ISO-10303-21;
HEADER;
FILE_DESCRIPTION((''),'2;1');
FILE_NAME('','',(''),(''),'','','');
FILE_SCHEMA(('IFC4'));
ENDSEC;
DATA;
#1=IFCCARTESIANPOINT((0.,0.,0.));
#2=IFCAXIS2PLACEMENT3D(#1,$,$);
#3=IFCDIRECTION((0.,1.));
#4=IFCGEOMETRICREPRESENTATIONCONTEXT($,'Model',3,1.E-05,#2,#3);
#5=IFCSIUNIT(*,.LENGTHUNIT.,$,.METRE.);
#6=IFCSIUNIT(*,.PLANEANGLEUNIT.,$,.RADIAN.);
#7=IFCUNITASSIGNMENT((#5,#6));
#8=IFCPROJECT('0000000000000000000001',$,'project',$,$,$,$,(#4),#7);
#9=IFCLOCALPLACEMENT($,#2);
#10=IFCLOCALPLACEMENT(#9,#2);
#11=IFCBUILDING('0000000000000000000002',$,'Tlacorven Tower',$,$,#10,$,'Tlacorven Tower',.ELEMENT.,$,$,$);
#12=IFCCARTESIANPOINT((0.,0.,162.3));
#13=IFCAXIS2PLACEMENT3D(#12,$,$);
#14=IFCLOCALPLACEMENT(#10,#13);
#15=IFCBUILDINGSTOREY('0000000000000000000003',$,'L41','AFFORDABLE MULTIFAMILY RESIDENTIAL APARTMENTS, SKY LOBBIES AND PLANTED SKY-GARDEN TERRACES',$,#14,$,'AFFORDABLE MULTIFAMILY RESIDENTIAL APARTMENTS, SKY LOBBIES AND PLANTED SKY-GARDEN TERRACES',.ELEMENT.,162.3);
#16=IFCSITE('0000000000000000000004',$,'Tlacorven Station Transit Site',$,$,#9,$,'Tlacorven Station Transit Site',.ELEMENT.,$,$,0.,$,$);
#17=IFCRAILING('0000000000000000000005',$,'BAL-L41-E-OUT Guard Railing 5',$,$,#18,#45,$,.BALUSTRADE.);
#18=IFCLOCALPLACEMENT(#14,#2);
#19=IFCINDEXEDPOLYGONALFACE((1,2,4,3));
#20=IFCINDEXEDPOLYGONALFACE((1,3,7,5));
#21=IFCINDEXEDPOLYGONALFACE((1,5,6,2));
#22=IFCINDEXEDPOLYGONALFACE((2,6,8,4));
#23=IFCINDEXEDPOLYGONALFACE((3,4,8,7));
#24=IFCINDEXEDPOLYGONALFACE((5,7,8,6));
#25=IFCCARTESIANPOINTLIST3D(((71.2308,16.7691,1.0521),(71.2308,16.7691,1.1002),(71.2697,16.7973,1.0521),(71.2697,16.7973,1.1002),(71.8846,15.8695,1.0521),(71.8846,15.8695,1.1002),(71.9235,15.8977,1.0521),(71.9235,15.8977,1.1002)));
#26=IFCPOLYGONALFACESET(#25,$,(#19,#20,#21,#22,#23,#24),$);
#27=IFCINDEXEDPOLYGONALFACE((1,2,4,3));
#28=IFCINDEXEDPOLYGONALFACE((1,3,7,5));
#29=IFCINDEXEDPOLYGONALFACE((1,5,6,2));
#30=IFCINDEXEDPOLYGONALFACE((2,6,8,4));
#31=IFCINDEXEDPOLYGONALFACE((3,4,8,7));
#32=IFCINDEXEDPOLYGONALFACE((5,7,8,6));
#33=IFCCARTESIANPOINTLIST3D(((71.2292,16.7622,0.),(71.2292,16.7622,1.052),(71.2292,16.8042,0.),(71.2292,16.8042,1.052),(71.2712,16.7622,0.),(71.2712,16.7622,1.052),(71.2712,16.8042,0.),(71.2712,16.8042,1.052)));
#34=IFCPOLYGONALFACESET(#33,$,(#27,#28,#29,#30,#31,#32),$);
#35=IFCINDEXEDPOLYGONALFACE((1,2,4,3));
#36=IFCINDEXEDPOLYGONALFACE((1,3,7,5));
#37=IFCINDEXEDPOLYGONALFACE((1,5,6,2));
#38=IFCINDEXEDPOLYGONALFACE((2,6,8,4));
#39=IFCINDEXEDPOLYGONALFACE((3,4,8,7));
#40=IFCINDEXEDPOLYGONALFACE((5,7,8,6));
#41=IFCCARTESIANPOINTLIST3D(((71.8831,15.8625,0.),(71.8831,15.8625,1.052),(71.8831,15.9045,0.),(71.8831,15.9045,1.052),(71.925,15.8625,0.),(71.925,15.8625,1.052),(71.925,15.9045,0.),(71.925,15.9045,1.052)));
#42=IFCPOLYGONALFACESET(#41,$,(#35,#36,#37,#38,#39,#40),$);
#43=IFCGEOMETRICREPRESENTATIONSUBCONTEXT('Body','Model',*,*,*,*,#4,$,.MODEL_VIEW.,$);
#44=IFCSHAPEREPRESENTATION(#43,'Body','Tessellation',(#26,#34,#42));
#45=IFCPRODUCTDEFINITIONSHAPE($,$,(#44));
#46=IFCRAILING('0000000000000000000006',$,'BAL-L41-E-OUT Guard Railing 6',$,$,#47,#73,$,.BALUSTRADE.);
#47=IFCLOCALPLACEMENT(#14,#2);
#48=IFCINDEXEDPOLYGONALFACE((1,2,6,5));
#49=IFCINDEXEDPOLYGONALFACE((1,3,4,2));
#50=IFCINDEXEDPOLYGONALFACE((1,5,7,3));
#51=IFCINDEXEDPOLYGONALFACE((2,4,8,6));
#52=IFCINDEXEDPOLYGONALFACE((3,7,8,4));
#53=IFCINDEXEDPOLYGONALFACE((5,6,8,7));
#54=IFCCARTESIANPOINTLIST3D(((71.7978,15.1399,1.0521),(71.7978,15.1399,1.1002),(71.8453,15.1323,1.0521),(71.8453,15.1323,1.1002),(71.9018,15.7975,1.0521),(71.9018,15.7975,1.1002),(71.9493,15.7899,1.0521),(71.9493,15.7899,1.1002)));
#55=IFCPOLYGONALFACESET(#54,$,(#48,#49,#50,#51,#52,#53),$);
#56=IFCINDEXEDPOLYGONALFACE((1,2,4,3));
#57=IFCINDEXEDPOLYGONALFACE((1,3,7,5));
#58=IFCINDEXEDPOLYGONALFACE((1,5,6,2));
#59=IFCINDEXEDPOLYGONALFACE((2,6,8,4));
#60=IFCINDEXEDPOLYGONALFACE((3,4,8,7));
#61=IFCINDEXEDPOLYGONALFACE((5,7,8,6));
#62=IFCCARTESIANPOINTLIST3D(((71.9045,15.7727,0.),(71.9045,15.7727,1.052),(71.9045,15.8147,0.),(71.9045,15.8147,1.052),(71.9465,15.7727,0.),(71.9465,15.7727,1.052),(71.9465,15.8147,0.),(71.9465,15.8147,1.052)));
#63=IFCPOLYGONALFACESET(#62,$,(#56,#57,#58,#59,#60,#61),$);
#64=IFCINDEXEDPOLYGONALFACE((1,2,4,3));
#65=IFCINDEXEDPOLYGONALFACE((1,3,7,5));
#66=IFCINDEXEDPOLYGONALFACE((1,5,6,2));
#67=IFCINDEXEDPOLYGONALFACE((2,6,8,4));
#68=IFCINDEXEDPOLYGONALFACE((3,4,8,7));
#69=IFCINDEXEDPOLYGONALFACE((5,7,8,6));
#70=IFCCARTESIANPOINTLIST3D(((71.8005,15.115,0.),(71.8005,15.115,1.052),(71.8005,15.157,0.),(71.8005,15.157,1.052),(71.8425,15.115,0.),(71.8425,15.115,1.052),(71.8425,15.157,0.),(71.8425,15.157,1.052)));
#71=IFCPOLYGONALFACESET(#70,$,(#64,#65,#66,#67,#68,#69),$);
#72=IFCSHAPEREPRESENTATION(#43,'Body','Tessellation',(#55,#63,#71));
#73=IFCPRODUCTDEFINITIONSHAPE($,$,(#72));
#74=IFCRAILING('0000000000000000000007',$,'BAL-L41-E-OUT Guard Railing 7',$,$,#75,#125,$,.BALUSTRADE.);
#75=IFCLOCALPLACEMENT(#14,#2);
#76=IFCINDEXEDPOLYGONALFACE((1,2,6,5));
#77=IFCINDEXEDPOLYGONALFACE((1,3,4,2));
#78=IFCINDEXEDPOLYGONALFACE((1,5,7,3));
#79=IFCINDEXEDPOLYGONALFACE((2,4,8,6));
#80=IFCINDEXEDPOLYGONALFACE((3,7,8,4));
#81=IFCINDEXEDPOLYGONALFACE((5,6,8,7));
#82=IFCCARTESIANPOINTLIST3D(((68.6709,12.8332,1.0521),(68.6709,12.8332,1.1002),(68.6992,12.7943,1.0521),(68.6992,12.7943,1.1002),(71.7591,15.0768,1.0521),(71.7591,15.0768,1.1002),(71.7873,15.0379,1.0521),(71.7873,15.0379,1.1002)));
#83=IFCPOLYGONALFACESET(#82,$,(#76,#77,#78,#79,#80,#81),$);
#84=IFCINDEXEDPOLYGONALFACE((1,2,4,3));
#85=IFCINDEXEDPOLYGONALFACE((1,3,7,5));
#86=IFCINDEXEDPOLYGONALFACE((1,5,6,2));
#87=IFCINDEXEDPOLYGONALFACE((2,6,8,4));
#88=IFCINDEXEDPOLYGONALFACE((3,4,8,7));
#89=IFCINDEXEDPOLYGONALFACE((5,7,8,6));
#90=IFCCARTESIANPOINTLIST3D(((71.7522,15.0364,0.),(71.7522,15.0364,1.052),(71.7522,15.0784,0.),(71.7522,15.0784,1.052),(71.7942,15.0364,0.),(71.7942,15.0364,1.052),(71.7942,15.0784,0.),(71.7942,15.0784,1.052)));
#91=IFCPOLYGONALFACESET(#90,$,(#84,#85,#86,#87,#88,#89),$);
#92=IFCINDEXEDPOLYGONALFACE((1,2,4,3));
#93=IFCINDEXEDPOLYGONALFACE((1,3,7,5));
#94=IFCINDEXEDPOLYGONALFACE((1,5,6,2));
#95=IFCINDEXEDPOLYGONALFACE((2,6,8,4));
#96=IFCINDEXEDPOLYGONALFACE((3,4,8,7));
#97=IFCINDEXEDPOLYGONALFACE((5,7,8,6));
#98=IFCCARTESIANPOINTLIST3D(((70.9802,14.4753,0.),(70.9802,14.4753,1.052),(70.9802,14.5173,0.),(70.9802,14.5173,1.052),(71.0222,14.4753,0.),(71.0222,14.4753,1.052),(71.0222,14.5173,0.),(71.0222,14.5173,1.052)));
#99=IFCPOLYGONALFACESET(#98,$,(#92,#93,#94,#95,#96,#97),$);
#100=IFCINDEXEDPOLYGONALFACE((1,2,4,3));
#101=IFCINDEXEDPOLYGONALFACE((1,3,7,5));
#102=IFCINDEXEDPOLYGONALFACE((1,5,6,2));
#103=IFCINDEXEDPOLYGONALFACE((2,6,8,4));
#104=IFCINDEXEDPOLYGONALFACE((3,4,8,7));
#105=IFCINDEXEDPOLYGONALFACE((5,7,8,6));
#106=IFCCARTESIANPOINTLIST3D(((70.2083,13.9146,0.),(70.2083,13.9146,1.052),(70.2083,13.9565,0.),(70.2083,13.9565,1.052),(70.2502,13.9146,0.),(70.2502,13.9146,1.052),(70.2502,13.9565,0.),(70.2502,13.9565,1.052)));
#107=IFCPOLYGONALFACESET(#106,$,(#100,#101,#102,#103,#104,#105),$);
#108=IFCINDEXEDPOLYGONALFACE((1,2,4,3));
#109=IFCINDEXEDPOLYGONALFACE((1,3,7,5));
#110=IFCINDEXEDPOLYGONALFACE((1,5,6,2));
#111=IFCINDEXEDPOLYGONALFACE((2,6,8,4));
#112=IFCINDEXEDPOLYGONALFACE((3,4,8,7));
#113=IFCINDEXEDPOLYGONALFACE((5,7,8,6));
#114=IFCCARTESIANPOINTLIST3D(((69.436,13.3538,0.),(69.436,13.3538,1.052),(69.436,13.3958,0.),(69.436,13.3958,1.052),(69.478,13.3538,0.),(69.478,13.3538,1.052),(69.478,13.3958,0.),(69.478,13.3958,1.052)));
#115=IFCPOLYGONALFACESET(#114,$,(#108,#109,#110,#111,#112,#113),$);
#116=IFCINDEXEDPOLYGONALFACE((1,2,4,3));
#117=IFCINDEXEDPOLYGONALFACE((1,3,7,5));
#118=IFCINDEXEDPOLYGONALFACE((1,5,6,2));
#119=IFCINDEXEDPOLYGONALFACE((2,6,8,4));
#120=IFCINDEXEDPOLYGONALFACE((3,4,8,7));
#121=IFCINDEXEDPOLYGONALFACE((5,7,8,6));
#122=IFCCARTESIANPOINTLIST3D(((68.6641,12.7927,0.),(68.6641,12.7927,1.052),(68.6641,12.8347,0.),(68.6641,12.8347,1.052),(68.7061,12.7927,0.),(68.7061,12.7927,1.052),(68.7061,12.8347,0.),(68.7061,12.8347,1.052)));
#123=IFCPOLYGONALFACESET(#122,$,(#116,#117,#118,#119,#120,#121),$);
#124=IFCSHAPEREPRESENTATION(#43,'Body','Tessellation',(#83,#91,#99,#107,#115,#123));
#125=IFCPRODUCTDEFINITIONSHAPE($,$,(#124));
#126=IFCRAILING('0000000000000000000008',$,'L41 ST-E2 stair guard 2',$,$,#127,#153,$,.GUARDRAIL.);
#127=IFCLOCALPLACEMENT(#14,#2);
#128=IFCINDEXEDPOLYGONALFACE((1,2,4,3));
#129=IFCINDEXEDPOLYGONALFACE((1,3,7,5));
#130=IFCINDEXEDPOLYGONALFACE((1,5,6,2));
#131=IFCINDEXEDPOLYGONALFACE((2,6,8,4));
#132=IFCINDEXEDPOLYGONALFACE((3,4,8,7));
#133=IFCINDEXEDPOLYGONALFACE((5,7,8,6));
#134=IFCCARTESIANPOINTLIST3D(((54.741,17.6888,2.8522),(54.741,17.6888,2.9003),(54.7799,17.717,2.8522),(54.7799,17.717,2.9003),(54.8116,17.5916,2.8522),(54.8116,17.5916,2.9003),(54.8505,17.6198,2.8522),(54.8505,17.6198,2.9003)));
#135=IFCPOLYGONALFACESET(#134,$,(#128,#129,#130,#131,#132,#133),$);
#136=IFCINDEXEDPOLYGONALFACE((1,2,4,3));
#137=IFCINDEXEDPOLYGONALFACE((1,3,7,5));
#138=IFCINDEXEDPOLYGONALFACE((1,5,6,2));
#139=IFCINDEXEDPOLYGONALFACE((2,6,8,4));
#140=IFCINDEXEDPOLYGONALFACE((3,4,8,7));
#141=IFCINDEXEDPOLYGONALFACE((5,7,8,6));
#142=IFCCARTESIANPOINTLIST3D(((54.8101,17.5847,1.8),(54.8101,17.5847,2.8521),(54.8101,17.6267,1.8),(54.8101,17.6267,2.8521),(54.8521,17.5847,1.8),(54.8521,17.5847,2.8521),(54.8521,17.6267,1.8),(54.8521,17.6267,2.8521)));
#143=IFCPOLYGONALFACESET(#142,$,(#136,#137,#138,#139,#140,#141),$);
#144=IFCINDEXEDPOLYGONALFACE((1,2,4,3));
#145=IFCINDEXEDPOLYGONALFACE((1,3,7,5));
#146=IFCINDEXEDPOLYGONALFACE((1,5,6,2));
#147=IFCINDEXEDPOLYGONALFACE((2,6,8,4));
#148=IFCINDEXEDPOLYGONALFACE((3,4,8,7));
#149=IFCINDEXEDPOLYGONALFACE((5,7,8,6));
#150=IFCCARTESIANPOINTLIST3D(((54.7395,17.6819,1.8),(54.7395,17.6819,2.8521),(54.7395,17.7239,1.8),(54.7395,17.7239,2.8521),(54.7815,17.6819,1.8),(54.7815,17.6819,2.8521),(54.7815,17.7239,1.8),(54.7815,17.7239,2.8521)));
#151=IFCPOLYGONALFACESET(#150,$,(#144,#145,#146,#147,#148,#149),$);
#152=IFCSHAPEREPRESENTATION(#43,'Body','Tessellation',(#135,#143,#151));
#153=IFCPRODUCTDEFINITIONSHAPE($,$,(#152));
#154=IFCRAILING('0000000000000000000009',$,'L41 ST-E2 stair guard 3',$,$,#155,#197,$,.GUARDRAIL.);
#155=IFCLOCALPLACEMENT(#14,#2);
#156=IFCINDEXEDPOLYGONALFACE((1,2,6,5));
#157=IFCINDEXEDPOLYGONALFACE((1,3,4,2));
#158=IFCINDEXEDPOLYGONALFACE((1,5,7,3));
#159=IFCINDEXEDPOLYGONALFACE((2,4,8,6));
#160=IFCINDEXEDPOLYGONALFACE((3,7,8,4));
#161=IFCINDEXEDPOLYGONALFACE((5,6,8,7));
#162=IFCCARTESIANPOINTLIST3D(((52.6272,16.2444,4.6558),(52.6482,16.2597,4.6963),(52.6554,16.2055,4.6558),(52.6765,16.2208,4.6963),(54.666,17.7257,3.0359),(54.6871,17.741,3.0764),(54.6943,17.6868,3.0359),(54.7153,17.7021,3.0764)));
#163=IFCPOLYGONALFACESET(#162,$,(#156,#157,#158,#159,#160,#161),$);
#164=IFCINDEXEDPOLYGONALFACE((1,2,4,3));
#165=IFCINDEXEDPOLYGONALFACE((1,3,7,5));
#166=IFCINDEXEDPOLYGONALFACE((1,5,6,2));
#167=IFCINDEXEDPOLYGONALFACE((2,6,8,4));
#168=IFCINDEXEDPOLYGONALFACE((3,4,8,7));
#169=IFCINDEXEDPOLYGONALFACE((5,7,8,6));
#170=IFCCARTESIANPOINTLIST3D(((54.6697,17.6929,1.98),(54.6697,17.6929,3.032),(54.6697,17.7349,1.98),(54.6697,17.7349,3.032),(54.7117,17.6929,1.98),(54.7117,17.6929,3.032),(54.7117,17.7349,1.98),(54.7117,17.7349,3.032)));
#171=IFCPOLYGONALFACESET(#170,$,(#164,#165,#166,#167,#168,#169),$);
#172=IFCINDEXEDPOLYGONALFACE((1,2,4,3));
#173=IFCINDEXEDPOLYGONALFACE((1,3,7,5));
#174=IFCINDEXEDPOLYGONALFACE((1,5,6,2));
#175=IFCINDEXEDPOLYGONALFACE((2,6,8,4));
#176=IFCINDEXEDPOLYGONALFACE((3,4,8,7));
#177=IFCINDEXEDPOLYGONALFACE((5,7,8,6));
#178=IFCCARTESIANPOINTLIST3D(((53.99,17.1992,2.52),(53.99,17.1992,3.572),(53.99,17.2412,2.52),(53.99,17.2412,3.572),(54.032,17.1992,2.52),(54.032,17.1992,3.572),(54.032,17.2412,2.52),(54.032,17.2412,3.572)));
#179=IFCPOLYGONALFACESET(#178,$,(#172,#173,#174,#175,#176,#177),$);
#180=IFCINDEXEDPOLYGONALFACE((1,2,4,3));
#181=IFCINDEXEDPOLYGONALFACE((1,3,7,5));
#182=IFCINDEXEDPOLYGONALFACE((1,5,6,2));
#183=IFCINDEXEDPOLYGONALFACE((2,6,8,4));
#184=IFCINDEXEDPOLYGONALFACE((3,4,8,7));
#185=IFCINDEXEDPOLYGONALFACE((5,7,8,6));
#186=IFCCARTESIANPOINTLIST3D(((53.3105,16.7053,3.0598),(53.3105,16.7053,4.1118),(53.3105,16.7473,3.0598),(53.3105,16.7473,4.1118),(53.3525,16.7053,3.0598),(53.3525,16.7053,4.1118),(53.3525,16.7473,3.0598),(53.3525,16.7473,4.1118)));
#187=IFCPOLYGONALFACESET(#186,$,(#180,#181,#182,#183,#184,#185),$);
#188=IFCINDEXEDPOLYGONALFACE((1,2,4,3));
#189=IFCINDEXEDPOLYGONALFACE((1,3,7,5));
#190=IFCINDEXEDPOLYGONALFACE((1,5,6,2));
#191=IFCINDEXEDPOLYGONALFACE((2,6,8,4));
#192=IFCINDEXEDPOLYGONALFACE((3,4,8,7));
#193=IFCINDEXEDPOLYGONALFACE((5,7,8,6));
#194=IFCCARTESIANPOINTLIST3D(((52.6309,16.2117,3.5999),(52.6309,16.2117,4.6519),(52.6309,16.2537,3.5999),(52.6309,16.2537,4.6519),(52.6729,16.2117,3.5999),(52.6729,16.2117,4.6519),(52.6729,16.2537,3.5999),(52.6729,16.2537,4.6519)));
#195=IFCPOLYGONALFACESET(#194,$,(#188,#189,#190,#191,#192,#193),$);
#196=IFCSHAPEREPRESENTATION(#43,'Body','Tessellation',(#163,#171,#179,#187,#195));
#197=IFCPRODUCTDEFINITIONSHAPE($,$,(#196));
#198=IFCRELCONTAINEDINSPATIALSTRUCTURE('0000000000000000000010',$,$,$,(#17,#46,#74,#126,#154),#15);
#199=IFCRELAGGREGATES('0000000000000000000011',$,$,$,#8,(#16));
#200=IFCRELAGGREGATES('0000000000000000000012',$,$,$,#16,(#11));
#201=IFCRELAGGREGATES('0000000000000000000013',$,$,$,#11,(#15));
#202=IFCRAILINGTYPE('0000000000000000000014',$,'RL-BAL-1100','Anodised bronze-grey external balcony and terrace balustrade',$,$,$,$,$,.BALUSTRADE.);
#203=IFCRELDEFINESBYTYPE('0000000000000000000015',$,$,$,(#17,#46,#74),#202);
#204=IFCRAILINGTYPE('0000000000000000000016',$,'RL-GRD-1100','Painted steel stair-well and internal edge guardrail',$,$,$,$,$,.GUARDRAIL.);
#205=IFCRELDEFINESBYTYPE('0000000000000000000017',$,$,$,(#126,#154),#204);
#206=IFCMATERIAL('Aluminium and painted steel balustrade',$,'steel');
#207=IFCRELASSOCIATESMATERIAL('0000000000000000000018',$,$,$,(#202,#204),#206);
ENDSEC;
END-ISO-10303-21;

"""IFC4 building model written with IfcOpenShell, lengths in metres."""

from ifc_helpers import new_model, si_unit, direction, frame, origin, origin_2d, place, context, subcontext, project, spatial, rectangle, extrude, source, transform, mapped, material, type_object, element, save


model = new_model("IFC4")

# Units and contexts
model_context = context("Model", 3, precision=1e-05, world=origin(), true_north=direction((0.0, 1.0)))
body_context = subcontext(model_context, "Body", "Model", "MODEL_VIEW")
ifc_project = project(units=[si_unit("LENGTHUNIT", "METRE"), si_unit("PLANEANGLEUNIT", "RADIAN")], contexts=[model_context])

# Site, building, storey
site_placement = place(None, origin())
site = spatial("IfcSite", under=ifc_project, at=site_placement, Name="Tlacorven Station Transit Site", LongName="Tlacorven Station Transit Site", CompositionType="ELEMENT", RefElevation=0.0)
building_placement = place(site_placement, origin())
building = spatial("IfcBuilding", under=site, at=building_placement, Name="Tlacorven Tower", LongName="Tlacorven Tower", CompositionType="ELEMENT")
storey_placement = place(building_placement, frame((0.0, 0.0, 162.3)))
storey = spatial("IfcBuildingStorey", under=building, at=storey_placement, Name="L41", Description="AFFORDABLE MULTIFAMILY RESIDENTIAL APARTMENTS, SKY LOBBIES AND PLANTED SKY-GARDEN TERRACES", LongName="AFFORDABLE MULTIFAMILY RESIDENTIAL APARTMENTS, SKY LOBBIES AND PLANTED SKY-GARDEN TERRACES", CompositionType="ELEMENT", Elevation=162.3)

# Railings
ifc_material_1 = material(Name="Aluminium and painted steel balustrade", Category="steel")
railing_type_1 = type_object("IfcRailingType", Name="RL-BAL-1100", Description="Anodised bronze-grey external balcony and terrace balustrade", PredefinedType="BALUSTRADE", material=ifc_material_1)
shared_shape_1 = source(origin(), body_context, "Body", "SweptSolid", [
    extrude(rectangle(XDim=0.0481, YDim=0.0481, at=origin_2d()), frame((0.0, 0.0, 1.0762), z_axis=(0.587884, -0.808945, 0.0), x_axis=(0.808945, 0.587884, 0.0)), (0.0, 0.0, 1.0), 1.1121),
    extrude(rectangle(XDim=0.042, YDim=0.042, at=origin_2d()), origin(), (0.0, 0.0, 1.0), 1.052),
    extrude(rectangle(XDim=0.042, YDim=0.042, at=origin_2d()), frame((0.6538, -0.8997, 0.0)), (0.0, 0.0, 1.0), 1.052),
])
railing_1_placement = place(storey_placement, frame((71.2502, 16.7832, 0.0)))
element("IfcRailing", 1, at=railing_1_placement, inside=storey, type_object=railing_type_1, Name="BAL-L41-E-OUT Guard Railing 5", PredefinedType="BALUSTRADE", context=body_context, shape_type="MappedRepresentation", body=[
    mapped(shared_shape_1, transform((0.0, 0.0, 0.0), scale=1.0)),
])
shared_shape_2 = source(origin(), body_context, "Body", "SweptSolid", [
    extrude(rectangle(XDim=0.0481, YDim=0.0481, at=origin_2d()), frame((0.0, 0.0, 1.0762), z_axis=(-0.156188, -0.987727, 0.0), x_axis=(0.987727, -0.156188, 0.0)), (0.0, 0.0, 1.0), 0.6658),
    extrude(rectangle(XDim=0.042, YDim=0.042, at=origin_2d()), origin(), (0.0, 0.0, 1.0), 1.052),
    extrude(rectangle(XDim=0.042, YDim=0.042, at=origin_2d()), frame((-0.104, -0.6577, 0.0)), (0.0, 0.0, 1.0), 1.052),
])
railing_2_placement = place(storey_placement, frame((71.9255, 15.7937, 0.0)))
element("IfcRailing", 2, at=railing_2_placement, inside=storey, type_object=railing_type_1, Name="BAL-L41-E-OUT Guard Railing 6", PredefinedType="BALUSTRADE", context=body_context, shape_type="MappedRepresentation", body=[
    mapped(shared_shape_2, transform((0.0, 0.0, 0.0), scale=1.0)),
])
shared_shape_3 = source(origin(), body_context, "Body", "SweptSolid", [
    extrude(rectangle(XDim=0.0481, YDim=0.0481, at=origin_2d()), frame((0.0, 0.0, 1.0762), z_axis=(-0.809018, -0.587784, 0.0), x_axis=(0.587784, -0.809018, 0.0)), (0.0, 0.0, 1.0), 3.8171),
    extrude(rectangle(XDim=0.042, YDim=0.042, at=origin_2d()), origin(), (0.0, 0.0, 1.0), 1.052),
    extrude(rectangle(XDim=0.042, YDim=0.042, at=origin_2d()), frame((-0.772, -0.561, 0.0)), (0.0, 0.0, 1.0), 1.052),
    extrude(rectangle(XDim=0.042, YDim=0.042, at=origin_2d()), frame((-1.5439, -1.1218, 0.0)), (0.0, 0.0, 1.0), 1.052),
    extrude(rectangle(XDim=0.042, YDim=0.042, at=origin_2d()), frame((-2.3162, -1.6826, 0.0)), (0.0, 0.0, 1.0), 1.052),
    extrude(rectangle(XDim=0.042, YDim=0.042, at=origin_2d()), frame((-3.0881, -2.2437, 0.0)), (0.0, 0.0, 1.0), 1.052),
])
railing_3_placement = place(storey_placement, frame((71.7732, 15.0574, 0.0)))
element("IfcRailing", 3, at=railing_3_placement, inside=storey, type_object=railing_type_1, Name="BAL-L41-E-OUT Guard Railing 7", PredefinedType="BALUSTRADE", context=body_context, shape_type="MappedRepresentation", body=[
    mapped(shared_shape_3, transform((0.0, 0.0, 0.0), scale=1.0)),
])
railing_type_2 = type_object("IfcRailingType", Name="RL-GRD-1100", Description="Painted steel stair-well and internal edge guardrail", PredefinedType="GUARDRAIL", material=ifc_material_1)
shared_shape_4 = source(origin(), body_context, "Body", "SweptSolid", [
    extrude(rectangle(XDim=0.0481, YDim=0.0481, at=origin_2d()), frame((0.0, 0.0, 1.0762), z_axis=(-0.587567, 0.809175, 0.0), x_axis=(-0.809175, -0.587567, 0.0)), (0.0, 0.0, 1.0), 0.1201),
    extrude(rectangle(XDim=0.042, YDim=0.042, at=origin_2d()), origin(), (0.0, 0.0, 1.0), 1.052),
    extrude(rectangle(XDim=0.042, YDim=0.042, at=origin_2d()), frame((-0.0706, 0.0972, 0.0)), (0.0, 0.0, 1.0), 1.052),
])
railing_4_placement = place(storey_placement, frame((54.8311, 17.6057, 1.8)))
element("IfcRailing", 4, at=railing_4_placement, inside=storey, type_object=railing_type_2, Name="L41 ST-E2 stair guard 2", PredefinedType="GUARDRAIL", context=body_context, shape_type="MappedRepresentation", body=[
    mapped(shared_shape_4, transform((0.0, 0.0, 0.0), scale=1.0)),
])
shared_shape_5 = source(origin(), body_context, "Body", "SweptSolid", [
    extrude(rectangle(XDim=0.0481, YDim=0.0481, at=origin_2d()), frame((0.0, 0.0, 1.0762), z_axis=(-0.680562, -0.494428, 0.540717), x_axis=(0.587763, -0.809033, 0.0)), (0.0, 0.0, 1.0), 2.9958),
    extrude(rectangle(XDim=0.042, YDim=0.042, at=origin_2d()), origin(), (0.0, 0.0, 1.0), 1.052),
    extrude(rectangle(XDim=0.042, YDim=0.042, at=origin_2d()), frame((-0.6797, -0.4937, 0.54)), (0.0, 0.0, 1.0), 1.052),
    extrude(rectangle(XDim=0.042, YDim=0.042, at=origin_2d()), frame((-1.3591, -0.9875, 1.0798)), (0.0, 0.0, 1.0), 1.052),
    extrude(rectangle(XDim=0.042, YDim=0.042, at=origin_2d()), frame((-2.0388, -1.4812, 1.6199)), (0.0, 0.0, 1.0), 1.052),
])
railing_5_placement = place(storey_placement, frame((54.6907, 17.7139, 1.98)))
element("IfcRailing", 5, at=railing_5_placement, inside=storey, type_object=railing_type_2, Name="L41 ST-E2 stair guard 3", PredefinedType="GUARDRAIL", context=body_context, shape_type="MappedRepresentation", body=[
    mapped(shared_shape_5, transform((0.0, 0.0, 0.0), scale=1.0)),
])

save(model, "model.ifc")
